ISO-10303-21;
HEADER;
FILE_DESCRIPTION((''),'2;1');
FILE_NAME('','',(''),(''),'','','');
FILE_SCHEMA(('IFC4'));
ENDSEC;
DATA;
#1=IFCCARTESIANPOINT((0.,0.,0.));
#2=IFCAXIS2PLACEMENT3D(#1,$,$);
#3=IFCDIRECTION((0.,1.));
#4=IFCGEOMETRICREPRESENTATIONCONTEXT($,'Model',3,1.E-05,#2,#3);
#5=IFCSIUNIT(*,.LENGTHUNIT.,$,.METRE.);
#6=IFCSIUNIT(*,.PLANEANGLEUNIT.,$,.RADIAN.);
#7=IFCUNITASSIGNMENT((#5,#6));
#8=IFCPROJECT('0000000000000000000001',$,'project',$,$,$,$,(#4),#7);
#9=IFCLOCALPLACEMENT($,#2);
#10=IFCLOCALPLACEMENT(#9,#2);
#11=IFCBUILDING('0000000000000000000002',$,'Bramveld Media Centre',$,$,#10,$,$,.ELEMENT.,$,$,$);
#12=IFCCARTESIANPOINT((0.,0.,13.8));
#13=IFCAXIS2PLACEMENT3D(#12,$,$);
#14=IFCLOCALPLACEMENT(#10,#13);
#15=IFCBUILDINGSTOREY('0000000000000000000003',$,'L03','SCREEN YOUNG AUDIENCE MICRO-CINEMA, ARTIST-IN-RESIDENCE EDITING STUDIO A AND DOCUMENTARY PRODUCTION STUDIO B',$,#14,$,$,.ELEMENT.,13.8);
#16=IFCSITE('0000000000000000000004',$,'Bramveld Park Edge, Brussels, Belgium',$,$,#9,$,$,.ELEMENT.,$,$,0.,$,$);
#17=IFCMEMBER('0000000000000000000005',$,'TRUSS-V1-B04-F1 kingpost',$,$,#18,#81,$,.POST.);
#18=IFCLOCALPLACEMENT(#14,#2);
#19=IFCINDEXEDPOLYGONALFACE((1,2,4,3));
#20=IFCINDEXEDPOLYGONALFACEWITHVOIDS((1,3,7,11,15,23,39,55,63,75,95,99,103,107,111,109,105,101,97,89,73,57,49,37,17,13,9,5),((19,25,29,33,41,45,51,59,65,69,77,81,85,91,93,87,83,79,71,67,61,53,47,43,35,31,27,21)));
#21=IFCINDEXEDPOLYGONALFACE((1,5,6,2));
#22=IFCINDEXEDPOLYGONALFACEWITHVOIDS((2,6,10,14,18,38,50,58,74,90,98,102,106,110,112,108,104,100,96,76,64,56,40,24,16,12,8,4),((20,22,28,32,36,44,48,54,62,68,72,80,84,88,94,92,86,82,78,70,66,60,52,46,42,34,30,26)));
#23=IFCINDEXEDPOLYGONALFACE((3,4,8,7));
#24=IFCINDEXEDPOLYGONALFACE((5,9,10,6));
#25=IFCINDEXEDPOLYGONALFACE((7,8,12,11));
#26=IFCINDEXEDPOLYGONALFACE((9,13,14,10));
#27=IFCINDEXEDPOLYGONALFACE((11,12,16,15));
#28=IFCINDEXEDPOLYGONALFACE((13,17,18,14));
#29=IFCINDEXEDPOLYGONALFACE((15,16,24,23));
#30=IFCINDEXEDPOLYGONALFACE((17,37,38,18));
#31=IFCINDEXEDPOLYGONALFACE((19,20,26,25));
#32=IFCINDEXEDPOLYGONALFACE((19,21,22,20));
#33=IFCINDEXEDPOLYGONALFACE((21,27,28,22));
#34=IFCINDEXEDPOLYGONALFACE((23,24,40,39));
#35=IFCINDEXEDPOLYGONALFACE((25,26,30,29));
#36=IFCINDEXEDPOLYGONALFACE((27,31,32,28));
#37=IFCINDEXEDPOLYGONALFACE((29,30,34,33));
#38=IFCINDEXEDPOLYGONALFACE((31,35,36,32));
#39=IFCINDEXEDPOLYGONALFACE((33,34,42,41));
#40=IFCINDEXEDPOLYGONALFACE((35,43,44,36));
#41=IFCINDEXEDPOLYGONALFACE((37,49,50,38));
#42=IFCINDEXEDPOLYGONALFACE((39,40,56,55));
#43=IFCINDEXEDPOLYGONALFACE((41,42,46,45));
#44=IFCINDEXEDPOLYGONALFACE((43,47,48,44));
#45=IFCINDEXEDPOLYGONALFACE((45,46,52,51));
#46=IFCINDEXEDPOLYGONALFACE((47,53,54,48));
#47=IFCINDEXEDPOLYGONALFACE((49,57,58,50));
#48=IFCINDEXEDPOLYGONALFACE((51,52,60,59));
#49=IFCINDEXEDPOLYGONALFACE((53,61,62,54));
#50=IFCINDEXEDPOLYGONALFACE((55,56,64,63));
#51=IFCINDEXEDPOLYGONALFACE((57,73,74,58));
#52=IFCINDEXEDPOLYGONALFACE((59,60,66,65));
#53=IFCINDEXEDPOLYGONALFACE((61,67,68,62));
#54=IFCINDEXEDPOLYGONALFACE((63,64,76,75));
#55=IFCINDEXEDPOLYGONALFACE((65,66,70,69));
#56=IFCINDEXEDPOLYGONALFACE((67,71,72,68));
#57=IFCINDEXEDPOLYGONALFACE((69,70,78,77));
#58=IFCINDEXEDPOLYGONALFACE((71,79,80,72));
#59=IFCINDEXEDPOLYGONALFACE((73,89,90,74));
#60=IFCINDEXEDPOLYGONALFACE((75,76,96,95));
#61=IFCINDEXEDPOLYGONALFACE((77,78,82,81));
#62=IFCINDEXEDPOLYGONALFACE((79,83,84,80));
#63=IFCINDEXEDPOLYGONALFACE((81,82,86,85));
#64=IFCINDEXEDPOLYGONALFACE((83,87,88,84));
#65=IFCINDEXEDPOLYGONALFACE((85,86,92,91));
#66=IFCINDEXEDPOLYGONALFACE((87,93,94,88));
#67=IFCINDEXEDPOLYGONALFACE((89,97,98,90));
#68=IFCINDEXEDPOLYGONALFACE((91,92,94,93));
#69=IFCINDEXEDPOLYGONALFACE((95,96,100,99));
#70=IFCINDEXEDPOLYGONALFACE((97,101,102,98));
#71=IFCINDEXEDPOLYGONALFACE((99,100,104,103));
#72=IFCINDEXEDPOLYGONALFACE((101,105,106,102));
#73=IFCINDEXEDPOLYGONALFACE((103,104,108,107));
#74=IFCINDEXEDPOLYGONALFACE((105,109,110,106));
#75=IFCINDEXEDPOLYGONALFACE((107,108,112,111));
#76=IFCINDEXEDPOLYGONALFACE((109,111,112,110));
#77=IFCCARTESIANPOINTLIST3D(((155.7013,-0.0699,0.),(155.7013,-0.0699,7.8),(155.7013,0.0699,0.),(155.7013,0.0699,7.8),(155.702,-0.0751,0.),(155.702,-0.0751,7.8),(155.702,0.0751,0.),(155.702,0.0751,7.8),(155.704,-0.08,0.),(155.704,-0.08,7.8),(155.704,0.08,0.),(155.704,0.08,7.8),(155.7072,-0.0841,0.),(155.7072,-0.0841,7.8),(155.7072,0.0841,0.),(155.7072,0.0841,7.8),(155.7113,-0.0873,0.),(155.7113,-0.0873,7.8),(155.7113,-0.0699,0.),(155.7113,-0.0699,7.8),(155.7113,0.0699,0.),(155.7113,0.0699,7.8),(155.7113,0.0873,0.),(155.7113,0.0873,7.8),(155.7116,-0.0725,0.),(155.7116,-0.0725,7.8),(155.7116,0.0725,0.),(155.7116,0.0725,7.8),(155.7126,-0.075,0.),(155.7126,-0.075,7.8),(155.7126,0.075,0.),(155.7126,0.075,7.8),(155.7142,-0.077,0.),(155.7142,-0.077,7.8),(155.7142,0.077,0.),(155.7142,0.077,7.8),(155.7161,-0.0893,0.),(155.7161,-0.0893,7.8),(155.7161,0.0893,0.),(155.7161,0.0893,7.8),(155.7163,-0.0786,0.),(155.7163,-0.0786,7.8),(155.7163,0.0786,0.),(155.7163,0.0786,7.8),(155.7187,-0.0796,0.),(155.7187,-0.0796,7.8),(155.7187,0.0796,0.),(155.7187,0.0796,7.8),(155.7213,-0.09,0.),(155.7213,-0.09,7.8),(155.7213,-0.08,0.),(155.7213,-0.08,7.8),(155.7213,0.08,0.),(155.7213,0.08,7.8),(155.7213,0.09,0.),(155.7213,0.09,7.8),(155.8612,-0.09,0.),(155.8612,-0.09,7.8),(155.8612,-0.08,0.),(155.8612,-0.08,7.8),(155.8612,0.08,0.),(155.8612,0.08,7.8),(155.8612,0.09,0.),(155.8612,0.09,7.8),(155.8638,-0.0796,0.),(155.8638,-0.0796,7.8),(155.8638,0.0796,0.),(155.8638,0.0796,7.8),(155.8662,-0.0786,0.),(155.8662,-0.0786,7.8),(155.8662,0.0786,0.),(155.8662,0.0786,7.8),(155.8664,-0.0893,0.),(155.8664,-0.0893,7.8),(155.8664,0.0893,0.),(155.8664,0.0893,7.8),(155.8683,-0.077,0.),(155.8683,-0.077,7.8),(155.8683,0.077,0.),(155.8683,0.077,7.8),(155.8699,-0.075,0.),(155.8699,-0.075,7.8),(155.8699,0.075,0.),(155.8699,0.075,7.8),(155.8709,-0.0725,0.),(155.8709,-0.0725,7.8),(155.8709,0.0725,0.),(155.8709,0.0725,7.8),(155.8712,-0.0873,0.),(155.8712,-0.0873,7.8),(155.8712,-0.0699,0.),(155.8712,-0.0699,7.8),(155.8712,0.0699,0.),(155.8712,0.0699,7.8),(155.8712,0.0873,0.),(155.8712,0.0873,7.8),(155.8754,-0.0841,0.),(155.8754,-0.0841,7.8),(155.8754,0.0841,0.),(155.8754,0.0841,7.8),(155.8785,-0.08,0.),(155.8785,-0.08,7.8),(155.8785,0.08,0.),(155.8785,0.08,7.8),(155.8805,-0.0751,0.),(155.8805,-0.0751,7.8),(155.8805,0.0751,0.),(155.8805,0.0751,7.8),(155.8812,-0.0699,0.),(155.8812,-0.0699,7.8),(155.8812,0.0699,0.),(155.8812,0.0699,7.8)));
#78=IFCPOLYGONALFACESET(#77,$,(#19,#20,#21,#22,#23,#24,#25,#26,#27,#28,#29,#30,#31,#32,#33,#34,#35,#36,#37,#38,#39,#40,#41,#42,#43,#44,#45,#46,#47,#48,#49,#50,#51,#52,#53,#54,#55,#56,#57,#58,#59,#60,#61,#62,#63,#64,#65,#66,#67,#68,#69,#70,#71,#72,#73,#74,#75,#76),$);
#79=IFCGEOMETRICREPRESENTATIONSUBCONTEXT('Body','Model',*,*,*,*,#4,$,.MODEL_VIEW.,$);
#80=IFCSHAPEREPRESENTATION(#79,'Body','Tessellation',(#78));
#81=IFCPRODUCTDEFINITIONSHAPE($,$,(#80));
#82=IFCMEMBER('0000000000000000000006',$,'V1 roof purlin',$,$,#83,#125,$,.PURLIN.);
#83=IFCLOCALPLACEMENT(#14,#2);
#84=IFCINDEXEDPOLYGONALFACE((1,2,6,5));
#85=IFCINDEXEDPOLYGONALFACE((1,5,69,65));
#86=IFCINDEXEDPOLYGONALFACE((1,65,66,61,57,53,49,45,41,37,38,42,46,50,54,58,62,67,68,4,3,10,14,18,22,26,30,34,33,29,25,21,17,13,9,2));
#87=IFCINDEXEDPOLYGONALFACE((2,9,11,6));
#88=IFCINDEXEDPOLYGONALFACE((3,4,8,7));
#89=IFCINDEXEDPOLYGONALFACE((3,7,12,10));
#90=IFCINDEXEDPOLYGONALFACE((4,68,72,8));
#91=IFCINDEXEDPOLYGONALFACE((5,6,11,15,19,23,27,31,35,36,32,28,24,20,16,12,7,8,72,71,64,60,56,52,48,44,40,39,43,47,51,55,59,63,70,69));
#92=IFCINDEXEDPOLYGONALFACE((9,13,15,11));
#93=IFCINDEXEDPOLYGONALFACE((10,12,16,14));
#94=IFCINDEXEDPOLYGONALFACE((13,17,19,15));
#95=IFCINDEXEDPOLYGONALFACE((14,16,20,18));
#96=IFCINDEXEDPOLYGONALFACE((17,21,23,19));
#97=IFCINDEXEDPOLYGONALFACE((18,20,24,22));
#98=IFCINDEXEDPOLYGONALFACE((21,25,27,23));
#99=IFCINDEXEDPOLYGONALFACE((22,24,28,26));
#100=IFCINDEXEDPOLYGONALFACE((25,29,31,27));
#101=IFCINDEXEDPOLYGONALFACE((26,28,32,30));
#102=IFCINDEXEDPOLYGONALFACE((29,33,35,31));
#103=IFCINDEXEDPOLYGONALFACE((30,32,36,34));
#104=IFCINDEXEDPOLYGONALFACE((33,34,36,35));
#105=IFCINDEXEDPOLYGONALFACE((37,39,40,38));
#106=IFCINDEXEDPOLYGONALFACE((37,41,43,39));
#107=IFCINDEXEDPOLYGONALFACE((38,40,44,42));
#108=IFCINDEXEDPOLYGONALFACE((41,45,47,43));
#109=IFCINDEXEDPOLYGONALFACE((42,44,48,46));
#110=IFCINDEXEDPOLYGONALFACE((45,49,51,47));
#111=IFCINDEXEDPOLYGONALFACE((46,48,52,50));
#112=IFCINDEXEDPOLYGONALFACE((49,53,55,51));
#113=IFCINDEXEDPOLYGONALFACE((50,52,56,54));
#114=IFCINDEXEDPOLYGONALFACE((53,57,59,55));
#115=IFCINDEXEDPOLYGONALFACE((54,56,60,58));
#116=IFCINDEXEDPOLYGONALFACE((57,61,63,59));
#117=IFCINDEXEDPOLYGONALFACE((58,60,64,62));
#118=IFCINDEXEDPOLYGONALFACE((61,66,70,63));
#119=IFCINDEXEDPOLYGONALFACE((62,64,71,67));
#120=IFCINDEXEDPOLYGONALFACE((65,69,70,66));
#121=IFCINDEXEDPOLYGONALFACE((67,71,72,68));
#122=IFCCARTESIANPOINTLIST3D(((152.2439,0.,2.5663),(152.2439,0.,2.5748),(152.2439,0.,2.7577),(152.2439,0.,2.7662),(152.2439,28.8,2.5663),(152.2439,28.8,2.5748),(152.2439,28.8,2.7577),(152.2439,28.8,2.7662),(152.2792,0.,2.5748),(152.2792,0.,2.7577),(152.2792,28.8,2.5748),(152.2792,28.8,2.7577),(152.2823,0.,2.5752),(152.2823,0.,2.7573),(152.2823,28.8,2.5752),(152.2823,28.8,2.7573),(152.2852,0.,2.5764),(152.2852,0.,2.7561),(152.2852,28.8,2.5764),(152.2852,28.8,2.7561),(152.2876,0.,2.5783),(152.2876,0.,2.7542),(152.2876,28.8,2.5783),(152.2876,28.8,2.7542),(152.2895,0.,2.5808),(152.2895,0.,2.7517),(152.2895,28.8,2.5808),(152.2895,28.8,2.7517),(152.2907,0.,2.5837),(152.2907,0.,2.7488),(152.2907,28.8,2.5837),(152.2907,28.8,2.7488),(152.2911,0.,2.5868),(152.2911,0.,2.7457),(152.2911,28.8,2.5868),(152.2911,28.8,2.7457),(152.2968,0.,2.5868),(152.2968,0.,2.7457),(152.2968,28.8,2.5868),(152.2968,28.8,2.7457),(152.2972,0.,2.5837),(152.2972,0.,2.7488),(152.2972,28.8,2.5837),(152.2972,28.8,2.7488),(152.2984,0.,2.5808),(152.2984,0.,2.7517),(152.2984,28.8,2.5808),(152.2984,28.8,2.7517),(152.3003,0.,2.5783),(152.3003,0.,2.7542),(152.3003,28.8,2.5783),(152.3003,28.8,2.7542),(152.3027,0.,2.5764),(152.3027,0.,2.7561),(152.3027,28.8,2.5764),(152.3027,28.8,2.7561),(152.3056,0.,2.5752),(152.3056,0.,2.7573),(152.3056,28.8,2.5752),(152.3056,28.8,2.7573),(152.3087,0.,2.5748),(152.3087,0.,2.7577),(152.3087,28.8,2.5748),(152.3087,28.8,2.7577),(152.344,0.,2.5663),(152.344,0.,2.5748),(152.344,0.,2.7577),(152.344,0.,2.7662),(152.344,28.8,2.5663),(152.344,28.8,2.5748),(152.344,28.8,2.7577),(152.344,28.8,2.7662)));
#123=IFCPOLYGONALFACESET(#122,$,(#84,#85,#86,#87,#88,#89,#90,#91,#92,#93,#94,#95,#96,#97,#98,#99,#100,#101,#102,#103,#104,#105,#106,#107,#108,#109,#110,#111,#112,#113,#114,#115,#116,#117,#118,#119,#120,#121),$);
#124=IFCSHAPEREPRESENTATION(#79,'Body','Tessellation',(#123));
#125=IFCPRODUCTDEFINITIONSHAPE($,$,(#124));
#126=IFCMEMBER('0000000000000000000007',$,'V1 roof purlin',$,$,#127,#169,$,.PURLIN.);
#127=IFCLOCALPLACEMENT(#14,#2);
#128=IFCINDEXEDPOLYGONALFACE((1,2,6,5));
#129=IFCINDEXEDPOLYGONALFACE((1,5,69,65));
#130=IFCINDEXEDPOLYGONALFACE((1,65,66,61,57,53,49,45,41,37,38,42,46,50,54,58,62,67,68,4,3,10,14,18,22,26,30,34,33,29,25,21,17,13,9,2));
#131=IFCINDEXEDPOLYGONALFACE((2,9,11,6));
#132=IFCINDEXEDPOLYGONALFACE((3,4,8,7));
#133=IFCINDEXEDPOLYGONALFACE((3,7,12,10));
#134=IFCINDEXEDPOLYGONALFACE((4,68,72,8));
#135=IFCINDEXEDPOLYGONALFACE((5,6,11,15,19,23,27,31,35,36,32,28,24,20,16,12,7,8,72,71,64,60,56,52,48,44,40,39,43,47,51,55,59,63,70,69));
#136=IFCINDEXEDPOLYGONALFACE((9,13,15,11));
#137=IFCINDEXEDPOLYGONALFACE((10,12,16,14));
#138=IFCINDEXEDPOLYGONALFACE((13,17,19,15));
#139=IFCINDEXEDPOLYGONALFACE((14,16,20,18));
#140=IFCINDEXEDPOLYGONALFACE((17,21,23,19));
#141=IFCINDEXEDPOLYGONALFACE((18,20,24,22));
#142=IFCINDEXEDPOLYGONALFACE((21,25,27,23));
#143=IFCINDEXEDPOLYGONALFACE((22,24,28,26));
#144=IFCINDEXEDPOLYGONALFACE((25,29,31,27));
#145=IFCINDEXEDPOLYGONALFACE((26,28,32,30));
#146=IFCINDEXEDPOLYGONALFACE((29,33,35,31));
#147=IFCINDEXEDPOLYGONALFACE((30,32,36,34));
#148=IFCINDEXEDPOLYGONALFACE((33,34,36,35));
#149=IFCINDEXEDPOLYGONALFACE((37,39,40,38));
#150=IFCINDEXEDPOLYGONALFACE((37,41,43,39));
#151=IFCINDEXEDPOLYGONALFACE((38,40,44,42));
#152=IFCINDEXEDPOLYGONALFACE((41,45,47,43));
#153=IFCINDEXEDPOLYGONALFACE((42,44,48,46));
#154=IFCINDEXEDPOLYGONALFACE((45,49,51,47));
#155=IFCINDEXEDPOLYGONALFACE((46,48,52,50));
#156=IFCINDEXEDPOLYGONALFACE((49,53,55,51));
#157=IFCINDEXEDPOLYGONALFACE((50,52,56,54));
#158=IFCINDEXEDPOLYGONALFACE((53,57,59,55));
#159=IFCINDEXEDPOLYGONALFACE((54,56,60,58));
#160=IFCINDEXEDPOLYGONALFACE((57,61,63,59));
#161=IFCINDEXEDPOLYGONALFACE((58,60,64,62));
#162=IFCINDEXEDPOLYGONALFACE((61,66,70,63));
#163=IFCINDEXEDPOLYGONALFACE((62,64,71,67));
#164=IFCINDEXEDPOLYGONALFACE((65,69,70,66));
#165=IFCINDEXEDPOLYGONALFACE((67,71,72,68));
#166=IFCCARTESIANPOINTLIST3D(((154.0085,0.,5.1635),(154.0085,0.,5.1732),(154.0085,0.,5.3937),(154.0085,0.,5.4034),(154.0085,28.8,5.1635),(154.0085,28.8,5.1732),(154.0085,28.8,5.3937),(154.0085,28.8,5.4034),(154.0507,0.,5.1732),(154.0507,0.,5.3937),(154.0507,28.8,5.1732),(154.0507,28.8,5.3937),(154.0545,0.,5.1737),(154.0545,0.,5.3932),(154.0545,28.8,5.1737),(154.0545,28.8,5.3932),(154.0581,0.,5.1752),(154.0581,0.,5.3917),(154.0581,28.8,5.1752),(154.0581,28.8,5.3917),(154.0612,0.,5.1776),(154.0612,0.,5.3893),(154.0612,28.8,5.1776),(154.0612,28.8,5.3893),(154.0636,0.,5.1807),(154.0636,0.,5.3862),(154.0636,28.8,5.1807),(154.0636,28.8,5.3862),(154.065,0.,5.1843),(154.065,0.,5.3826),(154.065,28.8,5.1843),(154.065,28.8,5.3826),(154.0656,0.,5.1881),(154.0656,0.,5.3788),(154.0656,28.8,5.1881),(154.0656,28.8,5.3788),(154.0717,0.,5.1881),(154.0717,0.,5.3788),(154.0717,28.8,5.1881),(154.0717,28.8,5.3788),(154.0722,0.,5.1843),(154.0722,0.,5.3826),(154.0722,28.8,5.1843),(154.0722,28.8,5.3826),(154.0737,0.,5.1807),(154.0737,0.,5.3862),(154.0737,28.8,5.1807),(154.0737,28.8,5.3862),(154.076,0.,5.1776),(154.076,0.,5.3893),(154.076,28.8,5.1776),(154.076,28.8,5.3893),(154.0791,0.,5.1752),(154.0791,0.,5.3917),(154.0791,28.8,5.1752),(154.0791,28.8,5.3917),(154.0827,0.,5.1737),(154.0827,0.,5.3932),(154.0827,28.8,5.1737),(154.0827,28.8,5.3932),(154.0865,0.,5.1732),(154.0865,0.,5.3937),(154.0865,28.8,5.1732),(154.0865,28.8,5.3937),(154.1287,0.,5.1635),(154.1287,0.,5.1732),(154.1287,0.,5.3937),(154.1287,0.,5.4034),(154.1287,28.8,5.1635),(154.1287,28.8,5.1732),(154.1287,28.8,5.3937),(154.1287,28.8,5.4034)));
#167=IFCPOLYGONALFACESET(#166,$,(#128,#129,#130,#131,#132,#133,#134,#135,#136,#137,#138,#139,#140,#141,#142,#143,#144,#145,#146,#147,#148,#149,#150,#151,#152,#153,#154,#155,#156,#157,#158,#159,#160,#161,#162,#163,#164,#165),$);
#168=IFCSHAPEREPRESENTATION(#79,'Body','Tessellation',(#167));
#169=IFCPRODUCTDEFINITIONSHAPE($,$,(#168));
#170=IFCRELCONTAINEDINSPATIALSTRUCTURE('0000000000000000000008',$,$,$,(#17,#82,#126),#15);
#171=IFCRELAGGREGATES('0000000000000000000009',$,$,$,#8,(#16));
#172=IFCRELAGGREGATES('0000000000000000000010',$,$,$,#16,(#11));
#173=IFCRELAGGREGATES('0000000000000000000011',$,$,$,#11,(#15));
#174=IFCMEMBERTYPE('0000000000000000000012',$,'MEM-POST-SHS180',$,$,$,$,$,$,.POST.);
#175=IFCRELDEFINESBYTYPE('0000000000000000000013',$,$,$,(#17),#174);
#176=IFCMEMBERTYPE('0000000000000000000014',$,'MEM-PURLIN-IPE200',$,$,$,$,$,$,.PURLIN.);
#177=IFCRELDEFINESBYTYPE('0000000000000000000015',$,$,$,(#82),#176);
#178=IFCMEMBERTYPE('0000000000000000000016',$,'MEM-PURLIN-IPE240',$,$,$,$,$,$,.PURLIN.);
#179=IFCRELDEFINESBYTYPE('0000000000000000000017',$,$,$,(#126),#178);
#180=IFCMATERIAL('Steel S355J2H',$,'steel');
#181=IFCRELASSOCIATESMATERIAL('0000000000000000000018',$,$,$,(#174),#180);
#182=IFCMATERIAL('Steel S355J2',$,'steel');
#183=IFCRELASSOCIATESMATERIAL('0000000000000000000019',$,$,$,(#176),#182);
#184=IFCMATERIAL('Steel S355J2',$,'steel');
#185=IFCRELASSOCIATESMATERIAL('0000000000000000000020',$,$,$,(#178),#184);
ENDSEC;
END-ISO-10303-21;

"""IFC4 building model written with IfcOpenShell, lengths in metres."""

from ifc_helpers import new_model, si_unit, direction, frame, origin, origin_2d, place, context, subcontext, project, spatial, hollow_rectangle, i_section, extrude, material, material_profile, profile_set, type_object, element, save


model = new_model("IFC4")

# Units and contexts
model_context = context("Model", 3, precision=1e-05, world=origin(), true_north=direction((0.0, 1.0)))
body_context = subcontext(model_context, "Body", "Model", "MODEL_VIEW")
ifc_project = project(units=[si_unit("LENGTHUNIT", "METRE"), si_unit("PLANEANGLEUNIT", "RADIAN")], contexts=[model_context])

# Site, building, storey
site_placement = place(None, origin())
site = spatial("IfcSite", under=ifc_project, at=site_placement, Name="Bramveld Park Edge, Brussels, Belgium", CompositionType="ELEMENT", RefElevation=0.0)
building_placement = place(site_placement, origin())
building = spatial("IfcBuilding", under=site, at=building_placement, Name="Bramveld Media Centre", CompositionType="ELEMENT")
storey_placement = place(building_placement, frame((0.0, 0.0, 13.8)))
storey = spatial("IfcBuildingStorey", under=building, at=storey_placement, Name="L03", Description="SCREEN YOUNG AUDIENCE MICRO-CINEMA, ARTIST-IN-RESIDENCE EDITING STUDIO A AND DOCUMENTARY PRODUCTION STUDIO B", CompositionType="ELEMENT", Elevation=13.8)

# Members
ifc_material_1 = material(Name="Steel S355J2H", Category="steel")
ifc_material_profile_1 = material_profile(ifc_material_1, hollow_rectangle(XDim=0.1799, YDim=0.1799, WallThickness=0.01, InnerFilletRadius=0.01, OuterFilletRadius=0.02, at=origin_2d()), Name="SHS 180x180x10")
ifc_profile_set_1 = profile_set([ifc_material_profile_1], Name="Steel S355J2H")
member_type_1 = type_object("IfcMemberType", Name="MEM-POST-SHS180", PredefinedType="POST", material=ifc_profile_set_1)
member_1_placement = place(storey_placement, frame((155.7913, 0.0, 0.0), z_axis=(0.0, 0.0, 1.0), x_axis=(1.0, 0.0, 0.0)))
element("IfcMember", 1, at=member_1_placement, inside=storey, type_object=member_type_1, Name="TRUSS-V1-B04-F1 kingpost", PredefinedType="POST", context=body_context, shape_type="SweptSolid", body=[
    extrude(hollow_rectangle(XDim=0.1799, YDim=0.1799, WallThickness=0.01, InnerFilletRadius=0.01, OuterFilletRadius=0.02, at=origin_2d()), origin(), (0.0, 0.0, 1.0), 7.8),
])
ifc_material_2 = material(Name="Steel S355J2", Category="steel")
ifc_material_profile_2 = material_profile(ifc_material_2, i_section(OverallWidth=0.1001, OverallDepth=0.2, WebThickness=0.0056, FlangeThickness=0.0085, FilletRadius=0.012, at=origin_2d()), Name="IPE 200")
ifc_profile_set_2 = profile_set([ifc_material_profile_2], Name="Steel S355J2")
member_type_2 = type_object("IfcMemberType", Name="MEM-PURLIN-IPE200", PredefinedType="PURLIN", material=ifc_profile_set_2)
member_2_placement = place(storey_placement, frame((152.2939, 0.0, 2.6663), z_axis=(0.0, 1.0, 0.0), x_axis=(-1.0, 0.0, 0.0)))
element("IfcMember", 2, at=member_2_placement, inside=storey, type_object=member_type_2, Name="V1 roof purlin", PredefinedType="PURLIN", context=body_context, shape_type="SweptSolid", body=[
    extrude(i_section(OverallWidth=0.1001, OverallDepth=0.2, WebThickness=0.0056, FlangeThickness=0.0085, FilletRadius=0.012, at=origin_2d()), origin(), (0.0, 0.0, 1.0), 28.8),
])
ifc_material_3 = material(Name="Steel S355J2", Category="steel")
ifc_material_profile_3 = material_profile(ifc_material_3, i_section(OverallWidth=0.1201, OverallDepth=0.24, WebThickness=0.0061, FlangeThickness=0.0098, FilletRadius=0.0149, at=origin_2d()), Name="IPE 240")
ifc_profile_set_3 = profile_set([ifc_material_profile_3], Name="Steel S355J2")
member_type_3 = type_object("IfcMemberType", Name="MEM-PURLIN-IPE240", PredefinedType="PURLIN", material=ifc_profile_set_3)
member_3_placement = place(storey_placement, frame((154.0686, 0.0, 5.2834), z_axis=(0.0, 1.0, 0.0), x_axis=(-1.0, 0.0, 0.0)))
element("IfcMember", 3, at=member_3_placement, inside=storey, type_object=member_type_3, Name="V1 roof purlin", PredefinedType="PURLIN", context=body_context, shape_type="SweptSolid", body=[
    extrude(i_section(OverallWidth=0.1201, OverallDepth=0.24, WebThickness=0.0061, FlangeThickness=0.0098, FilletRadius=0.0149, at=origin_2d()), origin(), (0.0, 0.0, 1.0), 28.8),
])

save(model, "model.ifc")
